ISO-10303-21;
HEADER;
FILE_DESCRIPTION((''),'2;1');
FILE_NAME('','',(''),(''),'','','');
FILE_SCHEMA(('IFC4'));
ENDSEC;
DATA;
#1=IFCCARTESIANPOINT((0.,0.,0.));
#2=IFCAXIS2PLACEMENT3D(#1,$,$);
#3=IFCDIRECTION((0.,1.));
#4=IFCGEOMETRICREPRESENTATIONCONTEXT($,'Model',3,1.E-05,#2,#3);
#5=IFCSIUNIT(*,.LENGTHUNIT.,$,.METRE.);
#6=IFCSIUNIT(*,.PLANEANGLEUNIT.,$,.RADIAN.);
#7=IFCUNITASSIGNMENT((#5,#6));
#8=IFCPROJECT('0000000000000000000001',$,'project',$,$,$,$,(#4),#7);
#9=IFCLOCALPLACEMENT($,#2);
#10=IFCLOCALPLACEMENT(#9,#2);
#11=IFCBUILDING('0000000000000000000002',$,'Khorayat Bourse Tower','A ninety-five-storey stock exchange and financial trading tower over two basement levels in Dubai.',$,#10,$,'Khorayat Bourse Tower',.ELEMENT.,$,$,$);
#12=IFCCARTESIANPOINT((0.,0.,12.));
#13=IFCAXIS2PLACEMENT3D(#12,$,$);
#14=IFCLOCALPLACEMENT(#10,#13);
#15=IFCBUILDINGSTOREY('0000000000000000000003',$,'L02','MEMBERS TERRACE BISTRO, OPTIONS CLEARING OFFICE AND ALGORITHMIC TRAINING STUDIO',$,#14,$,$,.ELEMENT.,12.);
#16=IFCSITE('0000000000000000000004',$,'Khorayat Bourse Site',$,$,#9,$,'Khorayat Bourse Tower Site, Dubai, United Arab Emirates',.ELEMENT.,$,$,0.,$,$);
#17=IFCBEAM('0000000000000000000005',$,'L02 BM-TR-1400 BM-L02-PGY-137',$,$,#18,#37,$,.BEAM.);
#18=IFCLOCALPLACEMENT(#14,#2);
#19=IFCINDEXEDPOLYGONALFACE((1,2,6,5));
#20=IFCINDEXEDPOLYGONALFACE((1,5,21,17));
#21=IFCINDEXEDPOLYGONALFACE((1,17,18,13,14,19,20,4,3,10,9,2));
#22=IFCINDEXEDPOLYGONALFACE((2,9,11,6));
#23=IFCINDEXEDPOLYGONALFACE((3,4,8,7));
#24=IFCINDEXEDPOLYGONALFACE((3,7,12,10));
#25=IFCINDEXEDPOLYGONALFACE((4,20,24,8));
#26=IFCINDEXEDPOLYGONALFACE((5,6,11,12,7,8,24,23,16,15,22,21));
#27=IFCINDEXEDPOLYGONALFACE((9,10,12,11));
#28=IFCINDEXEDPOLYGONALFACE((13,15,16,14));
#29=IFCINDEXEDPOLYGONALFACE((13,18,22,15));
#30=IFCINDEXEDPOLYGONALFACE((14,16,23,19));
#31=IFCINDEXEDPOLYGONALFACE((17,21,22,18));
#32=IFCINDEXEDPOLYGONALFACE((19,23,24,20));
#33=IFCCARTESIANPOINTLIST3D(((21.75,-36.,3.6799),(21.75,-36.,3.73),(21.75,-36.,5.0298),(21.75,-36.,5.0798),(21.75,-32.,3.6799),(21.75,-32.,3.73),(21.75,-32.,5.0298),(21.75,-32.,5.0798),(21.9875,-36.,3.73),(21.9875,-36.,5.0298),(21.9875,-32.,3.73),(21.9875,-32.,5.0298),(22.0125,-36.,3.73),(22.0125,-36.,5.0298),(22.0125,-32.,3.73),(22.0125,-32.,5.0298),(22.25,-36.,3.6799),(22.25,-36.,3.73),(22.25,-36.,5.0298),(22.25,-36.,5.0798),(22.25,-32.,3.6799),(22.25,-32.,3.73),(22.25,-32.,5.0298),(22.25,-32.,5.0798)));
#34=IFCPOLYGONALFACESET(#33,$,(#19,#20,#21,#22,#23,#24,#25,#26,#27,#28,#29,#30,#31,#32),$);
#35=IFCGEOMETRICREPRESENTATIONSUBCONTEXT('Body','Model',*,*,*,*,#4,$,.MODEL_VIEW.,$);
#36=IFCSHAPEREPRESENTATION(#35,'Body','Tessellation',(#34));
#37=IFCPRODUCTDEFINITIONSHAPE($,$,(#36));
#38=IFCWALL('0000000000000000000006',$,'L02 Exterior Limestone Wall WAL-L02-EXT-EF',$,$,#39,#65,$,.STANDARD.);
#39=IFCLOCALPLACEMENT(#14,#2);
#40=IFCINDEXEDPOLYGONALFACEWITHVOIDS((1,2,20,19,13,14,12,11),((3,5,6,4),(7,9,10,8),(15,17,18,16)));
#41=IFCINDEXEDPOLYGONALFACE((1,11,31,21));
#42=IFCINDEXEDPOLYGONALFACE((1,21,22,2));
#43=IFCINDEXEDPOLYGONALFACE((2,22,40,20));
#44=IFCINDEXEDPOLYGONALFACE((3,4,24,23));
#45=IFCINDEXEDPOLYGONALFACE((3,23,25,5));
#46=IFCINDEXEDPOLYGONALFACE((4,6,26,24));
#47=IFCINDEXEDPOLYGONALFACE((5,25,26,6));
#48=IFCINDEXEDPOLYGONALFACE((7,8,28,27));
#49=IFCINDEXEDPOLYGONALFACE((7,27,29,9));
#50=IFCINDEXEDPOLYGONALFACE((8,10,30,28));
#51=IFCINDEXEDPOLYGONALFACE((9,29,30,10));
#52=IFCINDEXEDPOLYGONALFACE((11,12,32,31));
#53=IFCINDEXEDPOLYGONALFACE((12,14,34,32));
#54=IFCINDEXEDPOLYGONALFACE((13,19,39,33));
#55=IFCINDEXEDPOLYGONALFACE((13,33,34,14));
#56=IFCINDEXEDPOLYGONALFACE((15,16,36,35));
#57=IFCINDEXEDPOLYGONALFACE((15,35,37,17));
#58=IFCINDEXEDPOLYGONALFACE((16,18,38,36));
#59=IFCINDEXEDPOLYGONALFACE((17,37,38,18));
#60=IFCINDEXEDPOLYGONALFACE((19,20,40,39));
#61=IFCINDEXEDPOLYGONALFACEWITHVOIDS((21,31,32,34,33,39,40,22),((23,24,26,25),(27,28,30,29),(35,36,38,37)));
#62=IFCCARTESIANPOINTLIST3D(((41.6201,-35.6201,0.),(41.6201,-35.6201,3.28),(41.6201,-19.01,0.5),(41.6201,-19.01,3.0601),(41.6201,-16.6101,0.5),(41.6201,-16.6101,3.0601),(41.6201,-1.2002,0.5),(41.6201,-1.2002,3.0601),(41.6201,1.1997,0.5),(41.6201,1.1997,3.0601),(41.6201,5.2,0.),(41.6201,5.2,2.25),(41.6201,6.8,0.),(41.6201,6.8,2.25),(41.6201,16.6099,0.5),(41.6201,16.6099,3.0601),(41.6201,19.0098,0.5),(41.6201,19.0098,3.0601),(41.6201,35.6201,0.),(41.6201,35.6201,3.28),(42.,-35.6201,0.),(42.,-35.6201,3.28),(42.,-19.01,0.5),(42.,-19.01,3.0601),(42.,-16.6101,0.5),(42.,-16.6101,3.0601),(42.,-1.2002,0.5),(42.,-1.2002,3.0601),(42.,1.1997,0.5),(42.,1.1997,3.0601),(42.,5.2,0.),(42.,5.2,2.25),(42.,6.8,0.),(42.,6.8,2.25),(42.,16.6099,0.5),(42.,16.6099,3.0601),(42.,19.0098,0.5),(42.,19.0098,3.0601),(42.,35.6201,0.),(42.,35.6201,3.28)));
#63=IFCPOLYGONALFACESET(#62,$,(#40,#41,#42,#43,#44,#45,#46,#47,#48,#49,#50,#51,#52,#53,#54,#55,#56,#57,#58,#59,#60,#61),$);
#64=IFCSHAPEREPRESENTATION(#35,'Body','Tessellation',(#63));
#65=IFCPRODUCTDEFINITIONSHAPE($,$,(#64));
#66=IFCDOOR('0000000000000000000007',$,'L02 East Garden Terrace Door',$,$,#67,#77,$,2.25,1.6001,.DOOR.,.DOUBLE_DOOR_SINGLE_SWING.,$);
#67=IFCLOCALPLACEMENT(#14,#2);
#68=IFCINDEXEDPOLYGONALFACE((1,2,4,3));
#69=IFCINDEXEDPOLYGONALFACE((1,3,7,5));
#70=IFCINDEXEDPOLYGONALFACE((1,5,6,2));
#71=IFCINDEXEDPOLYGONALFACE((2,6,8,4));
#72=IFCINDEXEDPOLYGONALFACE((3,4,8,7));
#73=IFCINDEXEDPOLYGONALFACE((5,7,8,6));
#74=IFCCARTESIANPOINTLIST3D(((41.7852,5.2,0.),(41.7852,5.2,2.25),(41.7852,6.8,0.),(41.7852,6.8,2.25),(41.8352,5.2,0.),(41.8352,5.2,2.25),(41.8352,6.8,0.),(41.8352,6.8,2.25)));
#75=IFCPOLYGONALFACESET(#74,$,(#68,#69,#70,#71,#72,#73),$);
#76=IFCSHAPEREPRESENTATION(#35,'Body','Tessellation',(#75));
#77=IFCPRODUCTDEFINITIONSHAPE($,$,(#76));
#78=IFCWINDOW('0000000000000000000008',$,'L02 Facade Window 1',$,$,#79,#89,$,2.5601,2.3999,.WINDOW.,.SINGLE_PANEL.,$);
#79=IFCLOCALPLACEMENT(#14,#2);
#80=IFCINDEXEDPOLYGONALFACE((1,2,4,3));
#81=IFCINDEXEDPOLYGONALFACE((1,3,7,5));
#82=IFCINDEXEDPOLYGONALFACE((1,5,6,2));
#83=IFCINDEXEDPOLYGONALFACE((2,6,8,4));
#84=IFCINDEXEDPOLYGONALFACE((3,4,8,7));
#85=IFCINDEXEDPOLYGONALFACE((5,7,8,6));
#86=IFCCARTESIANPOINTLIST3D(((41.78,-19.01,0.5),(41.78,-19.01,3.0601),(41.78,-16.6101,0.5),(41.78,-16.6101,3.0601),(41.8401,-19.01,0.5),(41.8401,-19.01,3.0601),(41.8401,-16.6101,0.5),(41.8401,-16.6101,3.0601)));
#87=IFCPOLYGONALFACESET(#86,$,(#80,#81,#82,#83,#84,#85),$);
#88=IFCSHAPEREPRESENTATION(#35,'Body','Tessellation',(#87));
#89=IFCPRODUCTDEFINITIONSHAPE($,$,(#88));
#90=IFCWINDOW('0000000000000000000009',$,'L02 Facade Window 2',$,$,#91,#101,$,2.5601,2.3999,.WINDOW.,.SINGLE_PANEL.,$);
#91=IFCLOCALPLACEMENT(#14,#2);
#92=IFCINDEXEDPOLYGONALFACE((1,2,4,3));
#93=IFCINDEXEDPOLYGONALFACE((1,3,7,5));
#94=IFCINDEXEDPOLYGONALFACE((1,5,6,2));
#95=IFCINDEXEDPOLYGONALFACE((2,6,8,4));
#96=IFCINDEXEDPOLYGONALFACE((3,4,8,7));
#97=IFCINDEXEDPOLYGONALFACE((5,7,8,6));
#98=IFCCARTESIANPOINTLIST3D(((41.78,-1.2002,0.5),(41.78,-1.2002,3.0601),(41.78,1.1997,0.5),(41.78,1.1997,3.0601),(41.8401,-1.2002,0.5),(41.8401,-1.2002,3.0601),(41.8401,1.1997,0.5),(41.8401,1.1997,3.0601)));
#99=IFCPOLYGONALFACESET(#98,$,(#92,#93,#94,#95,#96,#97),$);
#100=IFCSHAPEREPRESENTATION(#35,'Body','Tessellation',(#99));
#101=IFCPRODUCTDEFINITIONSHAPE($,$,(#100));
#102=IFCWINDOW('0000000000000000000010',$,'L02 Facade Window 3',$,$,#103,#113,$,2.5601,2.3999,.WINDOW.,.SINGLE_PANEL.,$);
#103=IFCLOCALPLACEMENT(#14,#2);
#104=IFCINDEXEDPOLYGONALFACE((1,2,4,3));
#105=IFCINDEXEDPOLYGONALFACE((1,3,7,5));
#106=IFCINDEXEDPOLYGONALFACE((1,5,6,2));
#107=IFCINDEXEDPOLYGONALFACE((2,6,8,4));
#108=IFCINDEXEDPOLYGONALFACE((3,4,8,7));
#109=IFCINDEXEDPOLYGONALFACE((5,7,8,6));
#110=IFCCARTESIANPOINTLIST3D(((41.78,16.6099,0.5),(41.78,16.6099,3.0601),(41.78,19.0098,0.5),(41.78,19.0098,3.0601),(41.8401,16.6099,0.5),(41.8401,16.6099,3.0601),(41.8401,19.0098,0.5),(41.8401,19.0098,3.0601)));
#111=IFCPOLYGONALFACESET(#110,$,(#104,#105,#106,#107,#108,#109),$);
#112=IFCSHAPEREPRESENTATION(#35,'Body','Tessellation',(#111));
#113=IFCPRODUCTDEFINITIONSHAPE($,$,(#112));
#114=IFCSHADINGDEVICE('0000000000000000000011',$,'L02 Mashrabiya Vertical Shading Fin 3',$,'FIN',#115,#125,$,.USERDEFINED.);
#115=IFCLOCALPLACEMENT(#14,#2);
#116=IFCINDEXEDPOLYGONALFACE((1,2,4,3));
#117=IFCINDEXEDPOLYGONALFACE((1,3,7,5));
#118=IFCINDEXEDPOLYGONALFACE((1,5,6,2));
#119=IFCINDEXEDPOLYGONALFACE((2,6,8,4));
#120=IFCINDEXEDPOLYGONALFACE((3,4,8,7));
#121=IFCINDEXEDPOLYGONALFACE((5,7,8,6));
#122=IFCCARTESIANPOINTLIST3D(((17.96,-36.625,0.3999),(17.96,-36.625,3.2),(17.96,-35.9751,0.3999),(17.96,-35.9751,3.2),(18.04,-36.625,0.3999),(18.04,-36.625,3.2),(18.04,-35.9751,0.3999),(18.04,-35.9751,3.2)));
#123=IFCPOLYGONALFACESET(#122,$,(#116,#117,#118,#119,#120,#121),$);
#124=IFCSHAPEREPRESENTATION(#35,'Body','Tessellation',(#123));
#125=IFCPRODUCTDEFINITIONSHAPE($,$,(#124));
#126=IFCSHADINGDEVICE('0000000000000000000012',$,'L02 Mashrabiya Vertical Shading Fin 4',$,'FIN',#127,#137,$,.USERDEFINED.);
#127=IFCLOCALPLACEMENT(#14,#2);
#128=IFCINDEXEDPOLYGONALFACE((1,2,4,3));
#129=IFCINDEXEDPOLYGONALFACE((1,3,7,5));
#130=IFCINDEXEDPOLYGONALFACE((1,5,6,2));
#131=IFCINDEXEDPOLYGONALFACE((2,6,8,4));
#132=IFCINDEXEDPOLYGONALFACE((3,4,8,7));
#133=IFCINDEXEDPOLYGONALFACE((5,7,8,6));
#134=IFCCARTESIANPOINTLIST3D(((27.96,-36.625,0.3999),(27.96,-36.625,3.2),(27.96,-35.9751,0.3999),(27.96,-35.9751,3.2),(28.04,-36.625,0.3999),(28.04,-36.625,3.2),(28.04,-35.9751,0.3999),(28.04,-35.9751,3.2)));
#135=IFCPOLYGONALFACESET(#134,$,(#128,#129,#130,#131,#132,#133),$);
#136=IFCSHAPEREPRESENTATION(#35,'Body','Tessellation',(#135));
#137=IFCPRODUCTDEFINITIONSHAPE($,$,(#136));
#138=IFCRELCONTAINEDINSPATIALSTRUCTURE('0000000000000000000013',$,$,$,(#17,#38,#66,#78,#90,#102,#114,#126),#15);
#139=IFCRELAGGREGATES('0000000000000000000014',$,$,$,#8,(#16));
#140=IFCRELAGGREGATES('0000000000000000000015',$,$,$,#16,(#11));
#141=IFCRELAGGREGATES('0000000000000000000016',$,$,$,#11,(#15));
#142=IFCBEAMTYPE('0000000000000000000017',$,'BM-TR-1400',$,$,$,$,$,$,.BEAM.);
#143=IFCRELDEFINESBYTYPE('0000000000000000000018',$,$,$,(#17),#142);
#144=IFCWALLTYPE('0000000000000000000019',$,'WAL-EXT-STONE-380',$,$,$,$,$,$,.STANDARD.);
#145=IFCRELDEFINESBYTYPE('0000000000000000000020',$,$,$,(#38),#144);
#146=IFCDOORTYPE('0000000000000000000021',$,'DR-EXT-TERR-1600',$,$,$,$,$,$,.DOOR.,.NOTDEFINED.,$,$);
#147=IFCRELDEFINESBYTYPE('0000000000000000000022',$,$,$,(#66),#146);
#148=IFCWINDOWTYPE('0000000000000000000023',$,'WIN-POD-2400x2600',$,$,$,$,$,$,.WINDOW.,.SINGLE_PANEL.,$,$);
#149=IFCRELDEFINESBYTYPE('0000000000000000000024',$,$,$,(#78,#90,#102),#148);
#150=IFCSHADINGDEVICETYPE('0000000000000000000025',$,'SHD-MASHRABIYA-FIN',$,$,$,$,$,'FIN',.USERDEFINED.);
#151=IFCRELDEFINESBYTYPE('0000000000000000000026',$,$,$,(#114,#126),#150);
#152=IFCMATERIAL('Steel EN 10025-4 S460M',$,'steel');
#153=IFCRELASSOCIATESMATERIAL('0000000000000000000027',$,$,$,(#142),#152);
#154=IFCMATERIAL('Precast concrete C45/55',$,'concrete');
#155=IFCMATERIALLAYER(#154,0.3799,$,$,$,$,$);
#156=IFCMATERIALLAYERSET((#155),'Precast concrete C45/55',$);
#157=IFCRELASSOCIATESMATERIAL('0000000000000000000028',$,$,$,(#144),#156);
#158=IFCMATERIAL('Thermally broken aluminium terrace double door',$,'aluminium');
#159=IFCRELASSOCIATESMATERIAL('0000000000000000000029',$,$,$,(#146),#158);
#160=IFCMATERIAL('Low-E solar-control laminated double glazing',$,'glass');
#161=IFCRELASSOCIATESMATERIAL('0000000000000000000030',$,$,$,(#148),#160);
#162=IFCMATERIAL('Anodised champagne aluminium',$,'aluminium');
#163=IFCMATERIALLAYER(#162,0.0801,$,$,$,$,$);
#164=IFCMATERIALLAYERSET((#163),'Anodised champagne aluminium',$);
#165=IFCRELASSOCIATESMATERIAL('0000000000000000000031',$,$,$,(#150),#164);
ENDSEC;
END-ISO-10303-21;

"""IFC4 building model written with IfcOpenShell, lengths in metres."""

from ifc_helpers import new_model, si_unit, direction, frame, frame_2d, origin, origin_2d, place, context, subcontext, project, spatial, rectangle, i_section, extrude, source, transform, mapped, material, layer, layer_set, material_profile, profile_set, type_object, element, fill, save


model = new_model("IFC4")

# Units and contexts
model_context = context("Model", 3, precision=1e-05, world=origin(), true_north=direction((0.0, 1.0)))
body_context = subcontext(model_context, "Body", "Model", "MODEL_VIEW")
ifc_project = project(units=[si_unit("LENGTHUNIT", "METRE"), si_unit("PLANEANGLEUNIT", "RADIAN")], contexts=[model_context])

# Site, building, storey
site_placement = place(None, origin())
site = spatial("IfcSite", under=ifc_project, at=site_placement, Name="Khorayat Bourse Site", LongName="Khorayat Bourse Tower Site, Dubai, United Arab Emirates", CompositionType="ELEMENT", RefElevation=0.0)
building_placement = place(site_placement, origin())
building = spatial("IfcBuilding", under=site, at=building_placement, Name="Khorayat Bourse Tower", Description="A ninety-five-storey stock exchange and financial trading tower over two basement levels in Dubai.", LongName="Khorayat Bourse Tower", CompositionType="ELEMENT")
storey_placement = place(building_placement, frame((0.0, 0.0, 12.0)))
storey = spatial("IfcBuildingStorey", under=building, at=storey_placement, Name="L02", Description="MEMBERS TERRACE BISTRO, OPTIONS CLEARING OFFICE AND ALGORITHMIC TRAINING STUDIO", CompositionType="ELEMENT", Elevation=12.0)

# Beam
ifc_material_1 = material(Name="Steel EN 10025-4 S460M", Category="steel")
ifc_material_profile_1 = material_profile(ifc_material_1, i_section(OverallWidth=0.5, OverallDepth=1.3999, WebThickness=0.0249, FlangeThickness=0.05, at=origin_2d()), Name="PG 1400x500x25x50")
ifc_profile_set_1 = profile_set([ifc_material_profile_1], Name="Steel EN 10025-4 S460M")
beam_type_1 = type_object("IfcBeamType", Name="BM-TR-1400", PredefinedType="BEAM", material=ifc_profile_set_1)
shared_shape_1 = source(origin(), body_context, "Body", "SweptSolid", [
    extrude(i_section(OverallWidth=0.5, OverallDepth=1.3999, WebThickness=0.0249, FlangeThickness=0.05, at=origin_2d()), origin(), (0.0, 0.0, 1.0), 4.0),
])
beam_1_placement = place(storey_placement, frame((22.0, -36.0, 4.3799), z_axis=(0.0, 1.0, 0.0), x_axis=(-1.0, 0.0, 0.0)))
element("IfcBeam", 1, at=beam_1_placement, inside=storey, type_object=beam_type_1, Name="L02 BM-TR-1400 BM-L02-PGY-137", PredefinedType="BEAM", context=body_context, shape_type="MappedRepresentation", body=[
    mapped(shared_shape_1, transform((0.0, 0.0, 0.0), scale=1.0)),
])

# Wall, openings, door, windows
ifc_material_2 = material(Name="Precast concrete C45/55", Category="concrete")
ifc_layer_1 = layer(ifc_material_2, 0.3799)
ifc_layer_set_1 = layer_set([ifc_layer_1], Name="Precast concrete C45/55")
wall_type = type_object("IfcWallType", Name="WAL-EXT-STONE-380", PredefinedType="STANDARD", material=ifc_layer_set_1)
shared_shape_2 = source(origin(), body_context, "Body", "SweptSolid", [
    extrude(rectangle(XDim=71.2402, YDim=0.3799, at=frame_2d((35.6201, 0.0))), origin(), (0.0, 0.0, 1.0), 3.28),
])
wall_placement = place(storey_placement, frame((41.8101, -35.6201, 0.0), z_axis=(0.0, 0.0, 1.0), x_axis=(0.0, 1.0, 0.0)))
wall = element("IfcWall", 2, at=wall_placement, inside=storey, type_object=wall_type, Name="L02 Exterior Limestone Wall WAL-L02-EXT-EF", PredefinedType="STANDARD", context=body_context, shape_type="MappedRepresentation", body=[
    mapped(shared_shape_2, transform((0.0, 0.0, 0.0), scale=1.0)),
])
shared_shape_3 = source(origin(), body_context, "Body", "SweptSolid", [
    extrude(rectangle(XDim=1.6001, YDim=2.25, at=frame_2d((0.8, 1.125))), frame((0.0, 0.2, 0.0), z_axis=(0.0, -1.0, 0.0), x_axis=(1.0, 0.0, 0.0)), (0.0, 0.0, 1.0), 0.3999),
])
opening_1_placement = place(wall_placement, frame((40.8201, 0.0, 0.0)))
opening_1 = element("IfcOpeningElement", 3, at=opening_1_placement, cuts=wall, PredefinedType="OPENING", context=body_context, shape_type="MappedRepresentation", body=[
    mapped(shared_shape_3, transform((0.0, 0.0, 0.0), scale=1.0)),
])
shared_shape_4 = source(origin(), body_context, "Body", "SweptSolid", [
    extrude(rectangle(XDim=2.3999, YDim=2.5601, at=frame_2d((1.2, 1.28))), frame((0.0, 0.2, 0.0), z_axis=(0.0, -1.0, 0.0), x_axis=(1.0, 0.0, 0.0)), (0.0, 0.0, 1.0), 0.3999),
])
opening_2_placement = place(wall_placement, frame((16.6101, 0.0, 0.5)))
opening_2 = element("IfcOpeningElement", 4, at=opening_2_placement, cuts=wall, PredefinedType="OPENING", context=body_context, shape_type="MappedRepresentation", body=[
    mapped(shared_shape_4, transform((0.0, 0.0, 0.0), scale=1.0)),
])
opening_3_placement = place(wall_placement, frame((34.4199, 0.0, 0.5)))
opening_3 = element("IfcOpeningElement", 5, at=opening_3_placement, cuts=wall, PredefinedType="OPENING", context=body_context, shape_type="MappedRepresentation", body=[
    mapped(shared_shape_4, transform((0.0, 0.0, 0.0), scale=1.0)),
])
opening_4_placement = place(wall_placement, frame((52.23, 0.0, 0.5)))
opening_4 = element("IfcOpeningElement", 6, at=opening_4_placement, cuts=wall, PredefinedType="OPENING", context=body_context, shape_type="MappedRepresentation", body=[
    mapped(shared_shape_4, transform((0.0, 0.0, 0.0), scale=1.0)),
])
ifc_material_3 = material(Name="Thermally broken aluminium terrace double door", Category="aluminium")
door_type = type_object("IfcDoorType", Name="DR-EXT-TERR-1600", OperationType="NOTDEFINED", PredefinedType="DOOR", material=ifc_material_3)
shared_shape_5 = source(origin(), body_context, "Body", "SweptSolid", [
    extrude(rectangle(XDim=1.6001, YDim=2.25, at=frame_2d((0.8, 1.125))), frame((0.0, 0.0249, 0.0), z_axis=(0.0, -1.0, 0.0), x_axis=(1.0, 0.0, 0.0)), (0.0, 0.0, 1.0), 0.05),
])
door_placement = place(opening_1_placement, origin())
door = element("IfcDoor", 7, at=door_placement, inside=storey, type_object=door_type, Name="L02 East Garden Terrace Door", OperationType="DOUBLE_DOOR_SINGLE_SWING", OverallHeight=2.25, OverallWidth=1.6001, PredefinedType="DOOR", context=body_context, shape_type="MappedRepresentation", body=[
    mapped(shared_shape_5, transform((0.0, 0.0, 0.0), scale=1.0)),
])
fill(opening_1, door)
ifc_material_4 = material(Name="Low-E solar-control laminated double glazing", Category="glass")
window_type = type_object("IfcWindowType", Name="WIN-POD-2400x2600", PartitioningType="SINGLE_PANEL", PredefinedType="WINDOW", material=ifc_material_4)
shared_shape_6 = source(origin(), body_context, "Body", "SweptSolid", [
    extrude(rectangle(XDim=2.3999, YDim=2.5601, at=frame_2d((1.2, 1.28))), frame((0.0, 0.03, 0.0), z_axis=(0.0, -1.0, 0.0), x_axis=(1.0, 0.0, 0.0)), (0.0, 0.0, 1.0), 0.0601),
])
window_1_placement = place(opening_2_placement, origin())
window_1 = element("IfcWindow", 8, at=window_1_placement, inside=storey, type_object=window_type, Name="L02 Facade Window 1", OverallHeight=2.5601, OverallWidth=2.3999, PartitioningType="SINGLE_PANEL", PredefinedType="WINDOW", context=body_context, shape_type="MappedRepresentation", body=[
    mapped(shared_shape_6, transform((0.0, 0.0, 0.0), scale=1.0)),
])
fill(opening_2, window_1)
window_2_placement = place(opening_3_placement, origin())
window_2 = element("IfcWindow", 9, at=window_2_placement, inside=storey, type_object=window_type, Name="L02 Facade Window 2", OverallHeight=2.5601, OverallWidth=2.3999, PartitioningType="SINGLE_PANEL", PredefinedType="WINDOW", context=body_context, shape_type="MappedRepresentation", body=[
    mapped(shared_shape_6, transform((0.0, 0.0, 0.0), scale=1.0)),
])
fill(opening_3, window_2)
window_3_placement = place(opening_4_placement, origin())
window_3 = element("IfcWindow", 10, at=window_3_placement, inside=storey, type_object=window_type, Name="L02 Facade Window 3", OverallHeight=2.5601, OverallWidth=2.3999, PartitioningType="SINGLE_PANEL", PredefinedType="WINDOW", context=body_context, shape_type="MappedRepresentation", body=[
    mapped(shared_shape_6, transform((0.0, 0.0, 0.0), scale=1.0)),
])
fill(opening_4, window_3)

# Shading devices
ifc_material_5 = material(Name="Anodised champagne aluminium", Category="aluminium")
ifc_layer_2 = layer(ifc_material_5, 0.0801)
ifc_layer_set_2 = layer_set([ifc_layer_2], Name="Anodised champagne aluminium")
shading_device_type = type_object("IfcShadingDeviceType", Name="SHD-MASHRABIYA-FIN", ElementType="FIN", PredefinedType="USERDEFINED", material=ifc_layer_set_2)
shared_shape_7 = source(origin(), body_context, "Body", "SweptSolid", [
    extrude(rectangle(XDim=0.0801, YDim=0.6499, at=origin_2d()), origin(), (0.0, 0.0, 1.0), 2.8),
])
for number, where, z_axis, x_axis, name in (
    (11, (18.0, -36.3, 0.3999), (0.0, 0.0, 1.0), (1.0, 0.0, 0.0), "L02 Mashrabiya Vertical Shading Fin 3"),
    (12, (28.0, -36.3, 0.3999), (0.0, 0.0, 1.0), (1.0, 0.0, 0.0), "L02 Mashrabiya Vertical Shading Fin 4"),
):
    element("IfcShadingDevice", number, at=place(storey_placement, frame(where, z_axis=z_axis, x_axis=x_axis)), inside=storey, type_object=shading_device_type, Name=name, ObjectType="FIN", PredefinedType="USERDEFINED", context=body_context, shape_type="MappedRepresentation", body=[
        mapped(shared_shape_7, transform((0.0, 0.0, 0.0), scale=1.0)),
    ])

save(model, "model.ifc")
